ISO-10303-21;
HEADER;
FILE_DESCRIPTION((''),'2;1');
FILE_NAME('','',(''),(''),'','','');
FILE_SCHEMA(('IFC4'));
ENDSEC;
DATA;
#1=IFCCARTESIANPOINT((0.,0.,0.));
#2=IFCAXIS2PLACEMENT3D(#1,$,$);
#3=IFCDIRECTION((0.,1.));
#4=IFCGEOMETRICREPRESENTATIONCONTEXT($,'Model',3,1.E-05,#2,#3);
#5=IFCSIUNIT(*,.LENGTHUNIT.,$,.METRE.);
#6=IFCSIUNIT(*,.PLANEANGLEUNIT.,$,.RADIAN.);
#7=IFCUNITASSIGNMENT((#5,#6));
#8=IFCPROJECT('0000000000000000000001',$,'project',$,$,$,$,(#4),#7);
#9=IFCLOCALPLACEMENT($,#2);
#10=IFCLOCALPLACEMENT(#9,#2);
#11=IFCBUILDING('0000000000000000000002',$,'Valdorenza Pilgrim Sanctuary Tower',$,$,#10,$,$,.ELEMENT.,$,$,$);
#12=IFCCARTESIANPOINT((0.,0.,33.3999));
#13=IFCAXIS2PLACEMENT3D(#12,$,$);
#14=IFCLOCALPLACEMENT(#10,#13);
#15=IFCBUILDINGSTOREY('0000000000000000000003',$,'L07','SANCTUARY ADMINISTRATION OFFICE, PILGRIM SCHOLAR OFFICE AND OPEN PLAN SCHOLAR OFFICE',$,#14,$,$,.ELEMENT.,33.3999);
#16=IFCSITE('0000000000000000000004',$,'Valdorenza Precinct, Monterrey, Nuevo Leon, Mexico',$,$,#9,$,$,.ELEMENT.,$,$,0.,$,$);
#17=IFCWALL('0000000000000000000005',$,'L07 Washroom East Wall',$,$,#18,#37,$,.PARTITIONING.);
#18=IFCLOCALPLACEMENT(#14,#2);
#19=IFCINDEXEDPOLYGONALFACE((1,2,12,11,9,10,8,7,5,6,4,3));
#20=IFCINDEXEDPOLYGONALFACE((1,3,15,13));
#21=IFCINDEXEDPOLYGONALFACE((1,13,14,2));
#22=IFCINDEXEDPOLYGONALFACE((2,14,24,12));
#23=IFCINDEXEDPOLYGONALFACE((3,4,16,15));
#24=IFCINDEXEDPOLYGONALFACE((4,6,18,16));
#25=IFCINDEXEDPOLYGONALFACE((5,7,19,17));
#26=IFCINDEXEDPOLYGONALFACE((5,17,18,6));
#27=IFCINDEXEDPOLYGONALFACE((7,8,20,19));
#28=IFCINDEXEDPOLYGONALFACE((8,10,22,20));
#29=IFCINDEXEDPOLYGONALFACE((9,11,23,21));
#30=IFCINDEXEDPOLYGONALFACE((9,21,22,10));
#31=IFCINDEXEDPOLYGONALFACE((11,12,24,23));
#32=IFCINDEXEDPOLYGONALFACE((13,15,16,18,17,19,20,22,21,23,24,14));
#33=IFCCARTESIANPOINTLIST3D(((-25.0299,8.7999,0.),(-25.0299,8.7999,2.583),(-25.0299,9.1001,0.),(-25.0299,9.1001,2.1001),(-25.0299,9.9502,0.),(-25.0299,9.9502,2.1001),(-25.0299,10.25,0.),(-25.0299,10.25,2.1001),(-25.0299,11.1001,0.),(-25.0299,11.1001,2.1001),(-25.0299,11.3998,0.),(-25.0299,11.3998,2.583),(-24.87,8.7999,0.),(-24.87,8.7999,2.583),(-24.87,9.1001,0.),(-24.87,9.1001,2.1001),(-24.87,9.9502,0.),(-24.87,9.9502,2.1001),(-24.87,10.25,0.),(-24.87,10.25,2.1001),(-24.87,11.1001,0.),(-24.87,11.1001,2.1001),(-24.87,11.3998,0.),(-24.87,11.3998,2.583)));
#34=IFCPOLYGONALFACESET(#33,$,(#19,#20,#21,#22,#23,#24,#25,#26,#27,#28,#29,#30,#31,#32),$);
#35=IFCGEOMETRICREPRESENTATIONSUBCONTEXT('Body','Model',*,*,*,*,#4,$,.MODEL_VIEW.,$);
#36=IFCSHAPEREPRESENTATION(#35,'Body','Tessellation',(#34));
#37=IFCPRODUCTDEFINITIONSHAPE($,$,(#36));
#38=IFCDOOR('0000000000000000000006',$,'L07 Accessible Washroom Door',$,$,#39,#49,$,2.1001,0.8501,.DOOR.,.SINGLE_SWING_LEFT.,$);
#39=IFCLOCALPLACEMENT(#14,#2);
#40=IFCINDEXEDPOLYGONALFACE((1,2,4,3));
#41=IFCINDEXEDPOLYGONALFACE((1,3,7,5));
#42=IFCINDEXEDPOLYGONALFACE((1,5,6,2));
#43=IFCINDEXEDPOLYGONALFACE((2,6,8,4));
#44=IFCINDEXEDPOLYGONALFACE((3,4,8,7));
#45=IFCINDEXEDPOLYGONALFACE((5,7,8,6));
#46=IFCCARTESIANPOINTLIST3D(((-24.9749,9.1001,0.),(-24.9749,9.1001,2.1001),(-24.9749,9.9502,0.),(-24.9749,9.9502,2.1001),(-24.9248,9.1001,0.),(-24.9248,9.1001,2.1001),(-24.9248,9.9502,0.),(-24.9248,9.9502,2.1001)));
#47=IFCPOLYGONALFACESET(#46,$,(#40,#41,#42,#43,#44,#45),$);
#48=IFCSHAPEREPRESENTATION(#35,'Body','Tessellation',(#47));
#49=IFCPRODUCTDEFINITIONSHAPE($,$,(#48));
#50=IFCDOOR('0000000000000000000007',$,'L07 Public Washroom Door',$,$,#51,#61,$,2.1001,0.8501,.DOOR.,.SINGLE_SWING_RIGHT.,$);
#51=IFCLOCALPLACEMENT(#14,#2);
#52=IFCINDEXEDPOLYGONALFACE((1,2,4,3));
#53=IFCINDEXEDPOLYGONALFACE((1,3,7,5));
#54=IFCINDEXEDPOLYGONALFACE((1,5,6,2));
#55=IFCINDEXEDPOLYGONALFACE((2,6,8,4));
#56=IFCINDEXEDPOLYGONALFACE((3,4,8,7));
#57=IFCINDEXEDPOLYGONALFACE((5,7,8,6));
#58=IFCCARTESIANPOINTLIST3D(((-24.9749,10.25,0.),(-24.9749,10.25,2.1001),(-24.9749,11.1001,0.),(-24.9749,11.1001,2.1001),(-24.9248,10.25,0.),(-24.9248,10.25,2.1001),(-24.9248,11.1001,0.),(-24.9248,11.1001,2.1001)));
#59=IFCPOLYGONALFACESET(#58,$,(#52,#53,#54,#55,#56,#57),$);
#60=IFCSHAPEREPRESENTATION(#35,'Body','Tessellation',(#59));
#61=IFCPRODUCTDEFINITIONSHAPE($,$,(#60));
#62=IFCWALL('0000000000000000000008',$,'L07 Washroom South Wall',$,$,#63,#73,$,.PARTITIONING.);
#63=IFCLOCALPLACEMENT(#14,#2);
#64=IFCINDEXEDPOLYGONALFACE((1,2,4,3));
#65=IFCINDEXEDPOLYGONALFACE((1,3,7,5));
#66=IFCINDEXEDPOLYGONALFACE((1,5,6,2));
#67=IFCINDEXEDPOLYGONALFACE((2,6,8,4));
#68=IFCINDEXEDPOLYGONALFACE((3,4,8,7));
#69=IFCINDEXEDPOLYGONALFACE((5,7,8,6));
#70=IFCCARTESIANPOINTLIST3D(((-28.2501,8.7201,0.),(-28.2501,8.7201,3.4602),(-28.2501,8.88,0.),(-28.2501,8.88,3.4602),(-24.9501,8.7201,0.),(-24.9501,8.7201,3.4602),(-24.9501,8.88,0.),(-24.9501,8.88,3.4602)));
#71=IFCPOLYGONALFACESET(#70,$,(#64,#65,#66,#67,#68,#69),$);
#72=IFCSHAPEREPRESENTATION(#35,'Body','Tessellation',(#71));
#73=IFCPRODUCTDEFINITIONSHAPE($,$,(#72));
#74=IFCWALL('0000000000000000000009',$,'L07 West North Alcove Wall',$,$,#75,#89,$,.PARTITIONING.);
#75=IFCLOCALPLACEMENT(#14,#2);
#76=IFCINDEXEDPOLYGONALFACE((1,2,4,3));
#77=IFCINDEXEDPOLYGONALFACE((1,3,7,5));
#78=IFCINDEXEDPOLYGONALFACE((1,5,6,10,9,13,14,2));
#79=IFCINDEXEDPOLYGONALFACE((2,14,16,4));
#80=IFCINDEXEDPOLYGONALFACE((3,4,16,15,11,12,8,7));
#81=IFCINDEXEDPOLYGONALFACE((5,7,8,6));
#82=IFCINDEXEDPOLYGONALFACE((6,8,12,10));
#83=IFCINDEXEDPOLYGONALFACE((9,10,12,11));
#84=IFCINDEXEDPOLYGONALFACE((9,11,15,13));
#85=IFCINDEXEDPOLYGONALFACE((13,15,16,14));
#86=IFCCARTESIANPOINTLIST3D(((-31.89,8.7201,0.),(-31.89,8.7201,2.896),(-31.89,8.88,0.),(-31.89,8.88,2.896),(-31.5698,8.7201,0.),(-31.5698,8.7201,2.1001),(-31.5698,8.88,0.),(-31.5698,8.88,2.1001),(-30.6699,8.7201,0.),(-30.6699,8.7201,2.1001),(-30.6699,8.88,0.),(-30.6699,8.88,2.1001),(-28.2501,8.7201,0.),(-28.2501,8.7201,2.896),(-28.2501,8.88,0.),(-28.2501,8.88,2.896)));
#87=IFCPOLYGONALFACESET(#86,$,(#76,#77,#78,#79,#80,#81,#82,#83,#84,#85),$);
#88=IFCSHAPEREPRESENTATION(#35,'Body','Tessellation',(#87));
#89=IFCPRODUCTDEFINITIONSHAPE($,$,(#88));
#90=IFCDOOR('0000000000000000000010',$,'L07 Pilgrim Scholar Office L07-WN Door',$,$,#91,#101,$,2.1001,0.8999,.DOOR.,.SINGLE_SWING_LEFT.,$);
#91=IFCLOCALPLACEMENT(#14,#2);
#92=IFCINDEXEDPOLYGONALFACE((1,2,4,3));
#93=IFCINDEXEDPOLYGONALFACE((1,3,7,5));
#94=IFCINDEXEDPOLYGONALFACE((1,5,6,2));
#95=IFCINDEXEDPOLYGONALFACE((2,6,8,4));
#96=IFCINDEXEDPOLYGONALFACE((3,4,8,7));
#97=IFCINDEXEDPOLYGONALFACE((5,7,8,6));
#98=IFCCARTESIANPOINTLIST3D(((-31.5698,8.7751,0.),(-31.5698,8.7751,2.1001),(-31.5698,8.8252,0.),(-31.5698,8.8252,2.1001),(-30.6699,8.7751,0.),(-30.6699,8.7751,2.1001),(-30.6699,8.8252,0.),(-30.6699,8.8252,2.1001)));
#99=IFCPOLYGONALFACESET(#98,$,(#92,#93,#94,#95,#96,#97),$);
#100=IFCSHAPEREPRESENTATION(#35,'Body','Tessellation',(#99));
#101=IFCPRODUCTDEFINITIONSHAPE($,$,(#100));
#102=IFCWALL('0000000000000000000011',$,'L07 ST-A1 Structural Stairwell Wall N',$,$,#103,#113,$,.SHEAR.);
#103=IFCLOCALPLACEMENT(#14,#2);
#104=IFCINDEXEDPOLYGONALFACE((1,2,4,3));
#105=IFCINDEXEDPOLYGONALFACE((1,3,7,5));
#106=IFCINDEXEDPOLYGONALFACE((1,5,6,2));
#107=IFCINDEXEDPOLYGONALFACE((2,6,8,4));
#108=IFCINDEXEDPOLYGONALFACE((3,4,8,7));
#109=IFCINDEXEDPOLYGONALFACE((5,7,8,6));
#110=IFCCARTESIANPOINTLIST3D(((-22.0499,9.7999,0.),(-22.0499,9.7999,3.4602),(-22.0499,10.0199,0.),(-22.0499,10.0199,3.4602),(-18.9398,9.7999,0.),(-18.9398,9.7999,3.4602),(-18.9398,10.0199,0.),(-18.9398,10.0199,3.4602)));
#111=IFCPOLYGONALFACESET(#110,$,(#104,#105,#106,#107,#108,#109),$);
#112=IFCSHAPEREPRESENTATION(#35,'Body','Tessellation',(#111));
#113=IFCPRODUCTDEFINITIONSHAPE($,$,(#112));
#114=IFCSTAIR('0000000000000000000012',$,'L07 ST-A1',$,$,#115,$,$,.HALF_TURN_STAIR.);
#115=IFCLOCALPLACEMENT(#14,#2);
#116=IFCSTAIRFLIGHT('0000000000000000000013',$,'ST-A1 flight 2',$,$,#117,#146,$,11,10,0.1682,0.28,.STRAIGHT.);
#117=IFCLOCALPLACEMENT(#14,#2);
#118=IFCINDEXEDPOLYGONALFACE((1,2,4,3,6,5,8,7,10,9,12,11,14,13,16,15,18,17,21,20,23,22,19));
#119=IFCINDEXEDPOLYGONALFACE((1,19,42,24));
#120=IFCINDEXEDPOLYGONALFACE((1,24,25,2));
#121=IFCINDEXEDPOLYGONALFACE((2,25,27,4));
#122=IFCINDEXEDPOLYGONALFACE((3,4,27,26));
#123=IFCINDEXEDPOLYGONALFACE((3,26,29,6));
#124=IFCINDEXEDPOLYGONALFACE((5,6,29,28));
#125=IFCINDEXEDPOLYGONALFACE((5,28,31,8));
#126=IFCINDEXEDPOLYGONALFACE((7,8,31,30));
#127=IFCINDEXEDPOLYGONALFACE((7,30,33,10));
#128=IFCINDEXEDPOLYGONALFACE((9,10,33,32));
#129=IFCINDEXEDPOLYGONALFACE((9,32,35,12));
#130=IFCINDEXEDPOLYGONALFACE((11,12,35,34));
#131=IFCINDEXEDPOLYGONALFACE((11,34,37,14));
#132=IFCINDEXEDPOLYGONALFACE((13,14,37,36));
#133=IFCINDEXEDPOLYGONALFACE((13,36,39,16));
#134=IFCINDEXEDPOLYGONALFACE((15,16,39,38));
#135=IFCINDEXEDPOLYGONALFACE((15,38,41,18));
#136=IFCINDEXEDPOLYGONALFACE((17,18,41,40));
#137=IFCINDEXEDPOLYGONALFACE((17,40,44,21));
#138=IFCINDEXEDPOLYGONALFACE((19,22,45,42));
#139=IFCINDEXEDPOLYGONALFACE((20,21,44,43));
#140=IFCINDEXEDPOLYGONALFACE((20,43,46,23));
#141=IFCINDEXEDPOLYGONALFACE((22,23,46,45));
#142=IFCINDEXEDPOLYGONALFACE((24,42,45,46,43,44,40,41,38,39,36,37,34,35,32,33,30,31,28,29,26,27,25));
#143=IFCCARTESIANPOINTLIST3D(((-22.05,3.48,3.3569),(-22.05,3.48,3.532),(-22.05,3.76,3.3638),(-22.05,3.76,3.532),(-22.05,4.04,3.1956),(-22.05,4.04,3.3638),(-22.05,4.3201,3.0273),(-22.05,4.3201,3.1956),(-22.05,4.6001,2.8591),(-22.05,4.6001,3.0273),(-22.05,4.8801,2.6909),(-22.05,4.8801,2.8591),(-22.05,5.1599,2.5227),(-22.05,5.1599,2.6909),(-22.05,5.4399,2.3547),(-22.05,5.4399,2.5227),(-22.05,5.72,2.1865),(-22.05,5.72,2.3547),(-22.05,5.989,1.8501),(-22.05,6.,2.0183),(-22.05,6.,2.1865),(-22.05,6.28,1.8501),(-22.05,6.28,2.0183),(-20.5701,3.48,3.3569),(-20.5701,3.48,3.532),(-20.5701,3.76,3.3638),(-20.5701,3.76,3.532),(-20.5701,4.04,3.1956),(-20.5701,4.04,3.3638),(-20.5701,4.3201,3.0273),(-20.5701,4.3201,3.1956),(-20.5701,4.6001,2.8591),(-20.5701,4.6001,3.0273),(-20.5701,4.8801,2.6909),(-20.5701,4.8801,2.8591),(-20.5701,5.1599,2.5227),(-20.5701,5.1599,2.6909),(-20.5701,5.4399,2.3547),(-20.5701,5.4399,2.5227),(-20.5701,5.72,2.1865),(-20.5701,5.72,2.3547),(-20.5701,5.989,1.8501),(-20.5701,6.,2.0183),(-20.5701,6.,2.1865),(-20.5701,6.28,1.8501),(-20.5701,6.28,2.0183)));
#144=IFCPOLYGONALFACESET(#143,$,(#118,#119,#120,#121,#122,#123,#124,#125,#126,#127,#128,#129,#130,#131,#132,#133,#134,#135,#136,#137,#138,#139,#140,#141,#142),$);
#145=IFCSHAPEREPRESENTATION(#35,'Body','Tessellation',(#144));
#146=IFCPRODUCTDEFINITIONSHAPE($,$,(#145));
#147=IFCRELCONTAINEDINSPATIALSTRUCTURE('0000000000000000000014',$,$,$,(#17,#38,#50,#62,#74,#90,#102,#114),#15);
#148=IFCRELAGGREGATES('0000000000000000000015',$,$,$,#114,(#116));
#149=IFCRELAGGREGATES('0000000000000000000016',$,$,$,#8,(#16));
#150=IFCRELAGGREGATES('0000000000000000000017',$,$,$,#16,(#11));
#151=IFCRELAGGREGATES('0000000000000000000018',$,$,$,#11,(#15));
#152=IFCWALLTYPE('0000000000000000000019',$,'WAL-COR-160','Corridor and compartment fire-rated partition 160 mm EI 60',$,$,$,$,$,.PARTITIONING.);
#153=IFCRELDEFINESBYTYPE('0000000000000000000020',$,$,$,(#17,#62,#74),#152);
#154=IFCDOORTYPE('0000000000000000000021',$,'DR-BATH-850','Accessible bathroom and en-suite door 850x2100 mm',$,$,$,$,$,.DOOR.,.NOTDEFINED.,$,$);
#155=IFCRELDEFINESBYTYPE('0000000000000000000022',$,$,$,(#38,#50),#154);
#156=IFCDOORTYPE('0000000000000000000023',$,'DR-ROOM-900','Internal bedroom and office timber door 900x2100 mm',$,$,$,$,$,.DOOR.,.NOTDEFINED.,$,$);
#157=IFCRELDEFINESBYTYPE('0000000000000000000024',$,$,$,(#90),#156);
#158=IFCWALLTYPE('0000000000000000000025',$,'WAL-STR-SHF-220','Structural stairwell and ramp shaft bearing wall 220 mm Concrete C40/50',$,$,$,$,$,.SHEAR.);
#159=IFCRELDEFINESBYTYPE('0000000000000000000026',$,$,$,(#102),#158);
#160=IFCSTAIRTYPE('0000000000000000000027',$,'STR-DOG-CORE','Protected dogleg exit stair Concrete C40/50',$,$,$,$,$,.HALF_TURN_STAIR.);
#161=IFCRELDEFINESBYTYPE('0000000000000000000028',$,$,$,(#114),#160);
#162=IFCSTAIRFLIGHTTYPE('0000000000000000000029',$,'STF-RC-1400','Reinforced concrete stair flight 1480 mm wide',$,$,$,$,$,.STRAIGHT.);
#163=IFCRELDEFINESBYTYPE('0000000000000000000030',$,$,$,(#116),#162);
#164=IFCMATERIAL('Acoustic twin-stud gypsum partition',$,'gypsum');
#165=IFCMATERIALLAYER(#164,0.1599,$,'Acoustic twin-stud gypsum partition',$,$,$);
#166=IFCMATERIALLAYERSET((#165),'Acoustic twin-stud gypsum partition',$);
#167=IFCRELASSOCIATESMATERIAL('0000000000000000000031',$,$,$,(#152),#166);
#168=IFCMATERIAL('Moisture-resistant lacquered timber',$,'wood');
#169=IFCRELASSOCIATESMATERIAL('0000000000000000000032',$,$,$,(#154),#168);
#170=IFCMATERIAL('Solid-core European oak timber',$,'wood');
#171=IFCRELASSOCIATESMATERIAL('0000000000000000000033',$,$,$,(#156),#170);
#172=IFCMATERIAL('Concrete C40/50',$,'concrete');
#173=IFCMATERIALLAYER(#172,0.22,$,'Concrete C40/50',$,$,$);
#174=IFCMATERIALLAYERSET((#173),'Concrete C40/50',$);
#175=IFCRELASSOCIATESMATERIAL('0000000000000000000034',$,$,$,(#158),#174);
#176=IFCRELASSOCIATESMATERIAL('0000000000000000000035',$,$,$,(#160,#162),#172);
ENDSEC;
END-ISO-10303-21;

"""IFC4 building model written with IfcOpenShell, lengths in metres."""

from ifc_helpers import new_model, si_unit, direction, frame, frame_2d, origin, place, context, subcontext, project, spatial, polyline, rectangle, outline, extrude, material, layer, layer_set, type_object, element, fill, aggregate, save


model = new_model("IFC4")

# Units and contexts
model_context = context("Model", 3, precision=1e-05, world=origin(), true_north=direction((0.0, 1.0)))
body_context = subcontext(model_context, "Body", "Model", "MODEL_VIEW")
ifc_project = project(units=[si_unit("LENGTHUNIT", "METRE"), si_unit("PLANEANGLEUNIT", "RADIAN")], contexts=[model_context])

# Site, building, storey
site_placement = place(None, origin())
site = spatial("IfcSite", under=ifc_project, at=site_placement, Name="Valdorenza Precinct, Monterrey, Nuevo Leon, Mexico", CompositionType="ELEMENT", RefElevation=0.0)
building_placement = place(site_placement, origin())
building = spatial("IfcBuilding", under=site, at=building_placement, Name="Valdorenza Pilgrim Sanctuary Tower", CompositionType="ELEMENT")
storey_placement = place(building_placement, frame((0.0, 0.0, 33.3999)))
storey = spatial("IfcBuildingStorey", under=building, at=storey_placement, Name="L07", Description="SANCTUARY ADMINISTRATION OFFICE, PILGRIM SCHOLAR OFFICE AND OPEN PLAN SCHOLAR OFFICE", CompositionType="ELEMENT", Elevation=33.3999)

# Shared definitions
ifc_material_1 = material(Name="Acoustic twin-stud gypsum partition", Category="gypsum")
ifc_layer_1 = layer(ifc_material_1, 0.1599, Name="Acoustic twin-stud gypsum partition")
ifc_layer_set_1 = layer_set([ifc_layer_1], Name="Acoustic twin-stud gypsum partition")
wall_type_1 = type_object("IfcWallType", Name="WAL-COR-160", Description="Corridor and compartment fire-rated partition 160 mm EI 60", PredefinedType="PARTITIONING", material=ifc_layer_set_1)

# Wall, openings, doors
wall_1_placement = place(storey_placement, frame((-24.95, 8.8, 0.0), z_axis=(0.0, 0.0, 1.0), x_axis=(0.0, 1.0, 0.0)))
wall_1 = element("IfcWall", 1, at=wall_1_placement, inside=storey, type_object=wall_type_1, Name="L07 Washroom East Wall", PredefinedType="PARTITIONING", context=body_context, shape_type="SweptSolid", body=[
    extrude(rectangle(XDim=2.5999, YDim=0.1599, at=frame_2d((1.2998, 0.0))), origin(), (0.0, 0.0, 1.0), 2.583),
])
opening_1_placement = place(wall_1_placement, frame((0.3, 0.0, 0.0)))
opening_1 = element("IfcOpeningElement", 2, at=opening_1_placement, cuts=wall_1, PredefinedType="OPENING", context=body_context, shape_type="SweptSolid", body=[
    extrude(rectangle(XDim=0.8501, YDim=2.1001, at=frame_2d((0.425, 1.05))), frame((0.0, 0.0947, 0.0), z_axis=(0.0, -1.0, 0.0), x_axis=(1.0, 0.0, 0.0)), (0.0, 0.0, 1.0), 0.1897),
])
opening_2_placement = place(wall_1_placement, frame((1.45, 0.0, 0.0)))
opening_2 = element("IfcOpeningElement", 3, at=opening_2_placement, cuts=wall_1, PredefinedType="OPENING", context=body_context, shape_type="SweptSolid", body=[
    extrude(rectangle(XDim=0.8501, YDim=2.1001, at=frame_2d((0.425, 1.05))), frame((0.0, 0.0947, 0.0), z_axis=(0.0, -1.0, 0.0), x_axis=(1.0, 0.0, 0.0)), (0.0, 0.0, 1.0), 0.1897),
])
ifc_material_2 = material(Name="Moisture-resistant lacquered timber", Category="wood")
door_type_1 = type_object("IfcDoorType", Name="DR-BATH-850", Description="Accessible bathroom and en-suite door 850x2100 mm", OperationType="NOTDEFINED", PredefinedType="DOOR", material=ifc_material_2)
door_1_placement = place(opening_1_placement, origin())
door_1 = element("IfcDoor", 4, at=door_1_placement, inside=storey, type_object=door_type_1, Name="L07 Accessible Washroom Door", OperationType="SINGLE_SWING_LEFT", OverallHeight=2.1001, OverallWidth=0.8501, PredefinedType="DOOR", context=body_context, shape_type="SweptSolid", body=[
    extrude(rectangle(XDim=0.8501, YDim=2.1001, at=frame_2d((0.425, 1.05))), frame((0.0, 0.0249, 0.0), z_axis=(0.0, -1.0, 0.0), x_axis=(1.0, 0.0, 0.0)), (0.0, 0.0, 1.0), 0.05),
])
fill(opening_1, door_1)
door_2_placement = place(opening_2_placement, origin())
door_2 = element("IfcDoor", 5, at=door_2_placement, inside=storey, type_object=door_type_1, Name="L07 Public Washroom Door", OperationType="SINGLE_SWING_RIGHT", OverallHeight=2.1001, OverallWidth=0.8501, PredefinedType="DOOR", context=body_context, shape_type="SweptSolid", body=[
    extrude(rectangle(XDim=0.8501, YDim=2.1001, at=frame_2d((0.425, 1.05))), frame((0.0, 0.0249, 0.0), z_axis=(0.0, -1.0, 0.0), x_axis=(1.0, 0.0, 0.0)), (0.0, 0.0, 1.0), 0.05),
])
fill(opening_2, door_2)

# Wall
wall_2_placement = place(storey_placement, frame((-28.25, 8.8, 0.0), z_axis=(0.0, 0.0, 1.0), x_axis=(1.0, 0.0, 0.0)))
element("IfcWall", 6, at=wall_2_placement, inside=storey, type_object=wall_type_1, Name="L07 Washroom South Wall", PredefinedType="PARTITIONING", context=body_context, shape_type="SweptSolid", body=[
    extrude(rectangle(XDim=3.3, YDim=0.1599, at=frame_2d((1.6499, 0.0))), origin(), (0.0, 0.0, 1.0), 3.4602),
])

# Wall, opening, door
wall_3_placement = place(storey_placement, frame((-31.8899, 8.8, 0.0), z_axis=(0.0, 0.0, 1.0), x_axis=(1.0, 0.0, 0.0)))
wall_3 = element("IfcWall", 7, at=wall_3_placement, inside=storey, type_object=wall_type_1, Name="L07 West North Alcove Wall", PredefinedType="PARTITIONING", context=body_context, shape_type="SweptSolid", body=[
    extrude(rectangle(XDim=3.6399, YDim=0.1599, at=frame_2d((1.8198, 0.0))), origin(), (0.0, 0.0, 1.0), 2.896),
])
opening_3_placement = place(wall_3_placement, frame((0.3201, 0.0, 0.0)))
opening_3 = element("IfcOpeningElement", 8, at=opening_3_placement, cuts=wall_3, PredefinedType="OPENING", context=body_context, shape_type="SweptSolid", body=[
    extrude(rectangle(XDim=0.8999, YDim=2.1001, at=frame_2d((0.45, 1.05))), frame((0.0, 0.0947, 0.0), z_axis=(0.0, -1.0, 0.0), x_axis=(1.0, 0.0, 0.0)), (0.0, 0.0, 1.0), 0.1897),
])
ifc_material_3 = material(Name="Solid-core European oak timber", Category="wood")
door_type_2 = type_object("IfcDoorType", Name="DR-ROOM-900", Description="Internal bedroom and office timber door 900x2100 mm", OperationType="NOTDEFINED", PredefinedType="DOOR", material=ifc_material_3)
door_3_placement = place(opening_3_placement, frame((0.8999, 0.0, 0.0), z_axis=(0.0, 0.0, 1.0), x_axis=(-1.0, 0.0, 0.0)))
door_3 = element("IfcDoor", 9, at=door_3_placement, inside=storey, type_object=door_type_2, Name="L07 Pilgrim Scholar Office L07-WN Door", OperationType="SINGLE_SWING_LEFT", OverallHeight=2.1001, OverallWidth=0.8999, PredefinedType="DOOR", context=body_context, shape_type="SweptSolid", body=[
    extrude(rectangle(XDim=0.8999, YDim=2.1001, at=frame_2d((0.45, 1.05))), frame((0.0, 0.0249, 0.0), z_axis=(0.0, -1.0, 0.0), x_axis=(1.0, 0.0, 0.0)), (0.0, 0.0, 1.0), 0.05),
])
fill(opening_3, door_3)

# Wall
ifc_material_4 = material(Name="Concrete C40/50", Category="concrete")
ifc_layer_2 = layer(ifc_material_4, 0.22, Name="Concrete C40/50")
ifc_layer_set_2 = layer_set([ifc_layer_2], Name="Concrete C40/50")
wall_type_2 = type_object("IfcWallType", Name="WAL-STR-SHF-220", Description="Structural stairwell and ramp shaft bearing wall 220 mm Concrete C40/50", PredefinedType="SHEAR", material=ifc_layer_set_2)
wall_4_placement = place(storey_placement, frame((-22.05, 9.9099, 0.0), z_axis=(0.0, 0.0, 1.0), x_axis=(1.0, 0.0, 0.0)))
element("IfcWall", 10, at=wall_4_placement, inside=storey, type_object=wall_type_2, Name="L07 ST-A1 Structural Stairwell Wall N", PredefinedType="SHEAR", context=body_context, shape_type="SweptSolid", body=[
    extrude(rectangle(XDim=3.1101, YDim=0.22, at=frame_2d((1.5552, 0.0))), origin(), (0.0, 0.0, 1.0), 3.4602),
])

# Stair, stair flight
stair_type = type_object("IfcStairType", Name="STR-DOG-CORE", Description="Protected dogleg exit stair Concrete C40/50", PredefinedType="HALF_TURN_STAIR", material=ifc_material_4)
stair_placement = place(storey_placement, origin())
stair = element("IfcStair", 11, at=stair_placement, inside=storey, type_object=stair_type, Name="L07 ST-A1", PredefinedType="HALF_TURN_STAIR")
stair_flight_type = type_object("IfcStairFlightType", Name="STF-RC-1400", Description="Reinforced concrete stair flight 1480 mm wide", PredefinedType="STRAIGHT", material=ifc_material_4)
stair_flight_placement = place(storey_placement, frame((-21.3101, 6.28, 1.8501), z_axis=(0.0, 0.0, 1.0), x_axis=(0.0, -1.0, 0.0)))
stair_flight = element("IfcStairFlight", 12, at=stair_flight_placement, type_object=stair_flight_type, Name="ST-A1 flight 2", NumberOfRisers=11, NumberOfTreads=10, PredefinedType="STRAIGHT", RiserHeight=0.1682, TreadLength=0.28, context=body_context, shape_type="SweptSolid", body=[
    extrude(outline(polyline([(0.0, 0.0), (0.0, 0.1682), (0.28, 0.1682), (0.28, 0.3364), (0.5601, 0.3364), (0.5601, 0.5046), (0.8401, 0.5046), (0.8401, 0.6726), (1.1201, 0.6726), (1.1201, 0.8408), (1.3999, 0.8408), (1.3999, 1.009), (1.6799, 1.009), (1.6799, 1.1772), (1.96, 1.1772), (1.96, 1.3455), (2.24, 1.3455), (2.24, 1.5137), (2.52, 1.5137), (2.52, 1.6819), (2.8, 1.6819), (2.8, 1.8501), (2.8, 1.5068), (0.291, 0.0), (0.0, 0.0)])), frame((0.0, 0.74, 0.0), z_axis=(0.0, -1.0, 0.0), x_axis=(1.0, 0.0, 0.0)), (0.0, 0.0, 1.0), 1.48),
])
aggregate(stair, [stair_flight])

save(model, "model.ifc")
